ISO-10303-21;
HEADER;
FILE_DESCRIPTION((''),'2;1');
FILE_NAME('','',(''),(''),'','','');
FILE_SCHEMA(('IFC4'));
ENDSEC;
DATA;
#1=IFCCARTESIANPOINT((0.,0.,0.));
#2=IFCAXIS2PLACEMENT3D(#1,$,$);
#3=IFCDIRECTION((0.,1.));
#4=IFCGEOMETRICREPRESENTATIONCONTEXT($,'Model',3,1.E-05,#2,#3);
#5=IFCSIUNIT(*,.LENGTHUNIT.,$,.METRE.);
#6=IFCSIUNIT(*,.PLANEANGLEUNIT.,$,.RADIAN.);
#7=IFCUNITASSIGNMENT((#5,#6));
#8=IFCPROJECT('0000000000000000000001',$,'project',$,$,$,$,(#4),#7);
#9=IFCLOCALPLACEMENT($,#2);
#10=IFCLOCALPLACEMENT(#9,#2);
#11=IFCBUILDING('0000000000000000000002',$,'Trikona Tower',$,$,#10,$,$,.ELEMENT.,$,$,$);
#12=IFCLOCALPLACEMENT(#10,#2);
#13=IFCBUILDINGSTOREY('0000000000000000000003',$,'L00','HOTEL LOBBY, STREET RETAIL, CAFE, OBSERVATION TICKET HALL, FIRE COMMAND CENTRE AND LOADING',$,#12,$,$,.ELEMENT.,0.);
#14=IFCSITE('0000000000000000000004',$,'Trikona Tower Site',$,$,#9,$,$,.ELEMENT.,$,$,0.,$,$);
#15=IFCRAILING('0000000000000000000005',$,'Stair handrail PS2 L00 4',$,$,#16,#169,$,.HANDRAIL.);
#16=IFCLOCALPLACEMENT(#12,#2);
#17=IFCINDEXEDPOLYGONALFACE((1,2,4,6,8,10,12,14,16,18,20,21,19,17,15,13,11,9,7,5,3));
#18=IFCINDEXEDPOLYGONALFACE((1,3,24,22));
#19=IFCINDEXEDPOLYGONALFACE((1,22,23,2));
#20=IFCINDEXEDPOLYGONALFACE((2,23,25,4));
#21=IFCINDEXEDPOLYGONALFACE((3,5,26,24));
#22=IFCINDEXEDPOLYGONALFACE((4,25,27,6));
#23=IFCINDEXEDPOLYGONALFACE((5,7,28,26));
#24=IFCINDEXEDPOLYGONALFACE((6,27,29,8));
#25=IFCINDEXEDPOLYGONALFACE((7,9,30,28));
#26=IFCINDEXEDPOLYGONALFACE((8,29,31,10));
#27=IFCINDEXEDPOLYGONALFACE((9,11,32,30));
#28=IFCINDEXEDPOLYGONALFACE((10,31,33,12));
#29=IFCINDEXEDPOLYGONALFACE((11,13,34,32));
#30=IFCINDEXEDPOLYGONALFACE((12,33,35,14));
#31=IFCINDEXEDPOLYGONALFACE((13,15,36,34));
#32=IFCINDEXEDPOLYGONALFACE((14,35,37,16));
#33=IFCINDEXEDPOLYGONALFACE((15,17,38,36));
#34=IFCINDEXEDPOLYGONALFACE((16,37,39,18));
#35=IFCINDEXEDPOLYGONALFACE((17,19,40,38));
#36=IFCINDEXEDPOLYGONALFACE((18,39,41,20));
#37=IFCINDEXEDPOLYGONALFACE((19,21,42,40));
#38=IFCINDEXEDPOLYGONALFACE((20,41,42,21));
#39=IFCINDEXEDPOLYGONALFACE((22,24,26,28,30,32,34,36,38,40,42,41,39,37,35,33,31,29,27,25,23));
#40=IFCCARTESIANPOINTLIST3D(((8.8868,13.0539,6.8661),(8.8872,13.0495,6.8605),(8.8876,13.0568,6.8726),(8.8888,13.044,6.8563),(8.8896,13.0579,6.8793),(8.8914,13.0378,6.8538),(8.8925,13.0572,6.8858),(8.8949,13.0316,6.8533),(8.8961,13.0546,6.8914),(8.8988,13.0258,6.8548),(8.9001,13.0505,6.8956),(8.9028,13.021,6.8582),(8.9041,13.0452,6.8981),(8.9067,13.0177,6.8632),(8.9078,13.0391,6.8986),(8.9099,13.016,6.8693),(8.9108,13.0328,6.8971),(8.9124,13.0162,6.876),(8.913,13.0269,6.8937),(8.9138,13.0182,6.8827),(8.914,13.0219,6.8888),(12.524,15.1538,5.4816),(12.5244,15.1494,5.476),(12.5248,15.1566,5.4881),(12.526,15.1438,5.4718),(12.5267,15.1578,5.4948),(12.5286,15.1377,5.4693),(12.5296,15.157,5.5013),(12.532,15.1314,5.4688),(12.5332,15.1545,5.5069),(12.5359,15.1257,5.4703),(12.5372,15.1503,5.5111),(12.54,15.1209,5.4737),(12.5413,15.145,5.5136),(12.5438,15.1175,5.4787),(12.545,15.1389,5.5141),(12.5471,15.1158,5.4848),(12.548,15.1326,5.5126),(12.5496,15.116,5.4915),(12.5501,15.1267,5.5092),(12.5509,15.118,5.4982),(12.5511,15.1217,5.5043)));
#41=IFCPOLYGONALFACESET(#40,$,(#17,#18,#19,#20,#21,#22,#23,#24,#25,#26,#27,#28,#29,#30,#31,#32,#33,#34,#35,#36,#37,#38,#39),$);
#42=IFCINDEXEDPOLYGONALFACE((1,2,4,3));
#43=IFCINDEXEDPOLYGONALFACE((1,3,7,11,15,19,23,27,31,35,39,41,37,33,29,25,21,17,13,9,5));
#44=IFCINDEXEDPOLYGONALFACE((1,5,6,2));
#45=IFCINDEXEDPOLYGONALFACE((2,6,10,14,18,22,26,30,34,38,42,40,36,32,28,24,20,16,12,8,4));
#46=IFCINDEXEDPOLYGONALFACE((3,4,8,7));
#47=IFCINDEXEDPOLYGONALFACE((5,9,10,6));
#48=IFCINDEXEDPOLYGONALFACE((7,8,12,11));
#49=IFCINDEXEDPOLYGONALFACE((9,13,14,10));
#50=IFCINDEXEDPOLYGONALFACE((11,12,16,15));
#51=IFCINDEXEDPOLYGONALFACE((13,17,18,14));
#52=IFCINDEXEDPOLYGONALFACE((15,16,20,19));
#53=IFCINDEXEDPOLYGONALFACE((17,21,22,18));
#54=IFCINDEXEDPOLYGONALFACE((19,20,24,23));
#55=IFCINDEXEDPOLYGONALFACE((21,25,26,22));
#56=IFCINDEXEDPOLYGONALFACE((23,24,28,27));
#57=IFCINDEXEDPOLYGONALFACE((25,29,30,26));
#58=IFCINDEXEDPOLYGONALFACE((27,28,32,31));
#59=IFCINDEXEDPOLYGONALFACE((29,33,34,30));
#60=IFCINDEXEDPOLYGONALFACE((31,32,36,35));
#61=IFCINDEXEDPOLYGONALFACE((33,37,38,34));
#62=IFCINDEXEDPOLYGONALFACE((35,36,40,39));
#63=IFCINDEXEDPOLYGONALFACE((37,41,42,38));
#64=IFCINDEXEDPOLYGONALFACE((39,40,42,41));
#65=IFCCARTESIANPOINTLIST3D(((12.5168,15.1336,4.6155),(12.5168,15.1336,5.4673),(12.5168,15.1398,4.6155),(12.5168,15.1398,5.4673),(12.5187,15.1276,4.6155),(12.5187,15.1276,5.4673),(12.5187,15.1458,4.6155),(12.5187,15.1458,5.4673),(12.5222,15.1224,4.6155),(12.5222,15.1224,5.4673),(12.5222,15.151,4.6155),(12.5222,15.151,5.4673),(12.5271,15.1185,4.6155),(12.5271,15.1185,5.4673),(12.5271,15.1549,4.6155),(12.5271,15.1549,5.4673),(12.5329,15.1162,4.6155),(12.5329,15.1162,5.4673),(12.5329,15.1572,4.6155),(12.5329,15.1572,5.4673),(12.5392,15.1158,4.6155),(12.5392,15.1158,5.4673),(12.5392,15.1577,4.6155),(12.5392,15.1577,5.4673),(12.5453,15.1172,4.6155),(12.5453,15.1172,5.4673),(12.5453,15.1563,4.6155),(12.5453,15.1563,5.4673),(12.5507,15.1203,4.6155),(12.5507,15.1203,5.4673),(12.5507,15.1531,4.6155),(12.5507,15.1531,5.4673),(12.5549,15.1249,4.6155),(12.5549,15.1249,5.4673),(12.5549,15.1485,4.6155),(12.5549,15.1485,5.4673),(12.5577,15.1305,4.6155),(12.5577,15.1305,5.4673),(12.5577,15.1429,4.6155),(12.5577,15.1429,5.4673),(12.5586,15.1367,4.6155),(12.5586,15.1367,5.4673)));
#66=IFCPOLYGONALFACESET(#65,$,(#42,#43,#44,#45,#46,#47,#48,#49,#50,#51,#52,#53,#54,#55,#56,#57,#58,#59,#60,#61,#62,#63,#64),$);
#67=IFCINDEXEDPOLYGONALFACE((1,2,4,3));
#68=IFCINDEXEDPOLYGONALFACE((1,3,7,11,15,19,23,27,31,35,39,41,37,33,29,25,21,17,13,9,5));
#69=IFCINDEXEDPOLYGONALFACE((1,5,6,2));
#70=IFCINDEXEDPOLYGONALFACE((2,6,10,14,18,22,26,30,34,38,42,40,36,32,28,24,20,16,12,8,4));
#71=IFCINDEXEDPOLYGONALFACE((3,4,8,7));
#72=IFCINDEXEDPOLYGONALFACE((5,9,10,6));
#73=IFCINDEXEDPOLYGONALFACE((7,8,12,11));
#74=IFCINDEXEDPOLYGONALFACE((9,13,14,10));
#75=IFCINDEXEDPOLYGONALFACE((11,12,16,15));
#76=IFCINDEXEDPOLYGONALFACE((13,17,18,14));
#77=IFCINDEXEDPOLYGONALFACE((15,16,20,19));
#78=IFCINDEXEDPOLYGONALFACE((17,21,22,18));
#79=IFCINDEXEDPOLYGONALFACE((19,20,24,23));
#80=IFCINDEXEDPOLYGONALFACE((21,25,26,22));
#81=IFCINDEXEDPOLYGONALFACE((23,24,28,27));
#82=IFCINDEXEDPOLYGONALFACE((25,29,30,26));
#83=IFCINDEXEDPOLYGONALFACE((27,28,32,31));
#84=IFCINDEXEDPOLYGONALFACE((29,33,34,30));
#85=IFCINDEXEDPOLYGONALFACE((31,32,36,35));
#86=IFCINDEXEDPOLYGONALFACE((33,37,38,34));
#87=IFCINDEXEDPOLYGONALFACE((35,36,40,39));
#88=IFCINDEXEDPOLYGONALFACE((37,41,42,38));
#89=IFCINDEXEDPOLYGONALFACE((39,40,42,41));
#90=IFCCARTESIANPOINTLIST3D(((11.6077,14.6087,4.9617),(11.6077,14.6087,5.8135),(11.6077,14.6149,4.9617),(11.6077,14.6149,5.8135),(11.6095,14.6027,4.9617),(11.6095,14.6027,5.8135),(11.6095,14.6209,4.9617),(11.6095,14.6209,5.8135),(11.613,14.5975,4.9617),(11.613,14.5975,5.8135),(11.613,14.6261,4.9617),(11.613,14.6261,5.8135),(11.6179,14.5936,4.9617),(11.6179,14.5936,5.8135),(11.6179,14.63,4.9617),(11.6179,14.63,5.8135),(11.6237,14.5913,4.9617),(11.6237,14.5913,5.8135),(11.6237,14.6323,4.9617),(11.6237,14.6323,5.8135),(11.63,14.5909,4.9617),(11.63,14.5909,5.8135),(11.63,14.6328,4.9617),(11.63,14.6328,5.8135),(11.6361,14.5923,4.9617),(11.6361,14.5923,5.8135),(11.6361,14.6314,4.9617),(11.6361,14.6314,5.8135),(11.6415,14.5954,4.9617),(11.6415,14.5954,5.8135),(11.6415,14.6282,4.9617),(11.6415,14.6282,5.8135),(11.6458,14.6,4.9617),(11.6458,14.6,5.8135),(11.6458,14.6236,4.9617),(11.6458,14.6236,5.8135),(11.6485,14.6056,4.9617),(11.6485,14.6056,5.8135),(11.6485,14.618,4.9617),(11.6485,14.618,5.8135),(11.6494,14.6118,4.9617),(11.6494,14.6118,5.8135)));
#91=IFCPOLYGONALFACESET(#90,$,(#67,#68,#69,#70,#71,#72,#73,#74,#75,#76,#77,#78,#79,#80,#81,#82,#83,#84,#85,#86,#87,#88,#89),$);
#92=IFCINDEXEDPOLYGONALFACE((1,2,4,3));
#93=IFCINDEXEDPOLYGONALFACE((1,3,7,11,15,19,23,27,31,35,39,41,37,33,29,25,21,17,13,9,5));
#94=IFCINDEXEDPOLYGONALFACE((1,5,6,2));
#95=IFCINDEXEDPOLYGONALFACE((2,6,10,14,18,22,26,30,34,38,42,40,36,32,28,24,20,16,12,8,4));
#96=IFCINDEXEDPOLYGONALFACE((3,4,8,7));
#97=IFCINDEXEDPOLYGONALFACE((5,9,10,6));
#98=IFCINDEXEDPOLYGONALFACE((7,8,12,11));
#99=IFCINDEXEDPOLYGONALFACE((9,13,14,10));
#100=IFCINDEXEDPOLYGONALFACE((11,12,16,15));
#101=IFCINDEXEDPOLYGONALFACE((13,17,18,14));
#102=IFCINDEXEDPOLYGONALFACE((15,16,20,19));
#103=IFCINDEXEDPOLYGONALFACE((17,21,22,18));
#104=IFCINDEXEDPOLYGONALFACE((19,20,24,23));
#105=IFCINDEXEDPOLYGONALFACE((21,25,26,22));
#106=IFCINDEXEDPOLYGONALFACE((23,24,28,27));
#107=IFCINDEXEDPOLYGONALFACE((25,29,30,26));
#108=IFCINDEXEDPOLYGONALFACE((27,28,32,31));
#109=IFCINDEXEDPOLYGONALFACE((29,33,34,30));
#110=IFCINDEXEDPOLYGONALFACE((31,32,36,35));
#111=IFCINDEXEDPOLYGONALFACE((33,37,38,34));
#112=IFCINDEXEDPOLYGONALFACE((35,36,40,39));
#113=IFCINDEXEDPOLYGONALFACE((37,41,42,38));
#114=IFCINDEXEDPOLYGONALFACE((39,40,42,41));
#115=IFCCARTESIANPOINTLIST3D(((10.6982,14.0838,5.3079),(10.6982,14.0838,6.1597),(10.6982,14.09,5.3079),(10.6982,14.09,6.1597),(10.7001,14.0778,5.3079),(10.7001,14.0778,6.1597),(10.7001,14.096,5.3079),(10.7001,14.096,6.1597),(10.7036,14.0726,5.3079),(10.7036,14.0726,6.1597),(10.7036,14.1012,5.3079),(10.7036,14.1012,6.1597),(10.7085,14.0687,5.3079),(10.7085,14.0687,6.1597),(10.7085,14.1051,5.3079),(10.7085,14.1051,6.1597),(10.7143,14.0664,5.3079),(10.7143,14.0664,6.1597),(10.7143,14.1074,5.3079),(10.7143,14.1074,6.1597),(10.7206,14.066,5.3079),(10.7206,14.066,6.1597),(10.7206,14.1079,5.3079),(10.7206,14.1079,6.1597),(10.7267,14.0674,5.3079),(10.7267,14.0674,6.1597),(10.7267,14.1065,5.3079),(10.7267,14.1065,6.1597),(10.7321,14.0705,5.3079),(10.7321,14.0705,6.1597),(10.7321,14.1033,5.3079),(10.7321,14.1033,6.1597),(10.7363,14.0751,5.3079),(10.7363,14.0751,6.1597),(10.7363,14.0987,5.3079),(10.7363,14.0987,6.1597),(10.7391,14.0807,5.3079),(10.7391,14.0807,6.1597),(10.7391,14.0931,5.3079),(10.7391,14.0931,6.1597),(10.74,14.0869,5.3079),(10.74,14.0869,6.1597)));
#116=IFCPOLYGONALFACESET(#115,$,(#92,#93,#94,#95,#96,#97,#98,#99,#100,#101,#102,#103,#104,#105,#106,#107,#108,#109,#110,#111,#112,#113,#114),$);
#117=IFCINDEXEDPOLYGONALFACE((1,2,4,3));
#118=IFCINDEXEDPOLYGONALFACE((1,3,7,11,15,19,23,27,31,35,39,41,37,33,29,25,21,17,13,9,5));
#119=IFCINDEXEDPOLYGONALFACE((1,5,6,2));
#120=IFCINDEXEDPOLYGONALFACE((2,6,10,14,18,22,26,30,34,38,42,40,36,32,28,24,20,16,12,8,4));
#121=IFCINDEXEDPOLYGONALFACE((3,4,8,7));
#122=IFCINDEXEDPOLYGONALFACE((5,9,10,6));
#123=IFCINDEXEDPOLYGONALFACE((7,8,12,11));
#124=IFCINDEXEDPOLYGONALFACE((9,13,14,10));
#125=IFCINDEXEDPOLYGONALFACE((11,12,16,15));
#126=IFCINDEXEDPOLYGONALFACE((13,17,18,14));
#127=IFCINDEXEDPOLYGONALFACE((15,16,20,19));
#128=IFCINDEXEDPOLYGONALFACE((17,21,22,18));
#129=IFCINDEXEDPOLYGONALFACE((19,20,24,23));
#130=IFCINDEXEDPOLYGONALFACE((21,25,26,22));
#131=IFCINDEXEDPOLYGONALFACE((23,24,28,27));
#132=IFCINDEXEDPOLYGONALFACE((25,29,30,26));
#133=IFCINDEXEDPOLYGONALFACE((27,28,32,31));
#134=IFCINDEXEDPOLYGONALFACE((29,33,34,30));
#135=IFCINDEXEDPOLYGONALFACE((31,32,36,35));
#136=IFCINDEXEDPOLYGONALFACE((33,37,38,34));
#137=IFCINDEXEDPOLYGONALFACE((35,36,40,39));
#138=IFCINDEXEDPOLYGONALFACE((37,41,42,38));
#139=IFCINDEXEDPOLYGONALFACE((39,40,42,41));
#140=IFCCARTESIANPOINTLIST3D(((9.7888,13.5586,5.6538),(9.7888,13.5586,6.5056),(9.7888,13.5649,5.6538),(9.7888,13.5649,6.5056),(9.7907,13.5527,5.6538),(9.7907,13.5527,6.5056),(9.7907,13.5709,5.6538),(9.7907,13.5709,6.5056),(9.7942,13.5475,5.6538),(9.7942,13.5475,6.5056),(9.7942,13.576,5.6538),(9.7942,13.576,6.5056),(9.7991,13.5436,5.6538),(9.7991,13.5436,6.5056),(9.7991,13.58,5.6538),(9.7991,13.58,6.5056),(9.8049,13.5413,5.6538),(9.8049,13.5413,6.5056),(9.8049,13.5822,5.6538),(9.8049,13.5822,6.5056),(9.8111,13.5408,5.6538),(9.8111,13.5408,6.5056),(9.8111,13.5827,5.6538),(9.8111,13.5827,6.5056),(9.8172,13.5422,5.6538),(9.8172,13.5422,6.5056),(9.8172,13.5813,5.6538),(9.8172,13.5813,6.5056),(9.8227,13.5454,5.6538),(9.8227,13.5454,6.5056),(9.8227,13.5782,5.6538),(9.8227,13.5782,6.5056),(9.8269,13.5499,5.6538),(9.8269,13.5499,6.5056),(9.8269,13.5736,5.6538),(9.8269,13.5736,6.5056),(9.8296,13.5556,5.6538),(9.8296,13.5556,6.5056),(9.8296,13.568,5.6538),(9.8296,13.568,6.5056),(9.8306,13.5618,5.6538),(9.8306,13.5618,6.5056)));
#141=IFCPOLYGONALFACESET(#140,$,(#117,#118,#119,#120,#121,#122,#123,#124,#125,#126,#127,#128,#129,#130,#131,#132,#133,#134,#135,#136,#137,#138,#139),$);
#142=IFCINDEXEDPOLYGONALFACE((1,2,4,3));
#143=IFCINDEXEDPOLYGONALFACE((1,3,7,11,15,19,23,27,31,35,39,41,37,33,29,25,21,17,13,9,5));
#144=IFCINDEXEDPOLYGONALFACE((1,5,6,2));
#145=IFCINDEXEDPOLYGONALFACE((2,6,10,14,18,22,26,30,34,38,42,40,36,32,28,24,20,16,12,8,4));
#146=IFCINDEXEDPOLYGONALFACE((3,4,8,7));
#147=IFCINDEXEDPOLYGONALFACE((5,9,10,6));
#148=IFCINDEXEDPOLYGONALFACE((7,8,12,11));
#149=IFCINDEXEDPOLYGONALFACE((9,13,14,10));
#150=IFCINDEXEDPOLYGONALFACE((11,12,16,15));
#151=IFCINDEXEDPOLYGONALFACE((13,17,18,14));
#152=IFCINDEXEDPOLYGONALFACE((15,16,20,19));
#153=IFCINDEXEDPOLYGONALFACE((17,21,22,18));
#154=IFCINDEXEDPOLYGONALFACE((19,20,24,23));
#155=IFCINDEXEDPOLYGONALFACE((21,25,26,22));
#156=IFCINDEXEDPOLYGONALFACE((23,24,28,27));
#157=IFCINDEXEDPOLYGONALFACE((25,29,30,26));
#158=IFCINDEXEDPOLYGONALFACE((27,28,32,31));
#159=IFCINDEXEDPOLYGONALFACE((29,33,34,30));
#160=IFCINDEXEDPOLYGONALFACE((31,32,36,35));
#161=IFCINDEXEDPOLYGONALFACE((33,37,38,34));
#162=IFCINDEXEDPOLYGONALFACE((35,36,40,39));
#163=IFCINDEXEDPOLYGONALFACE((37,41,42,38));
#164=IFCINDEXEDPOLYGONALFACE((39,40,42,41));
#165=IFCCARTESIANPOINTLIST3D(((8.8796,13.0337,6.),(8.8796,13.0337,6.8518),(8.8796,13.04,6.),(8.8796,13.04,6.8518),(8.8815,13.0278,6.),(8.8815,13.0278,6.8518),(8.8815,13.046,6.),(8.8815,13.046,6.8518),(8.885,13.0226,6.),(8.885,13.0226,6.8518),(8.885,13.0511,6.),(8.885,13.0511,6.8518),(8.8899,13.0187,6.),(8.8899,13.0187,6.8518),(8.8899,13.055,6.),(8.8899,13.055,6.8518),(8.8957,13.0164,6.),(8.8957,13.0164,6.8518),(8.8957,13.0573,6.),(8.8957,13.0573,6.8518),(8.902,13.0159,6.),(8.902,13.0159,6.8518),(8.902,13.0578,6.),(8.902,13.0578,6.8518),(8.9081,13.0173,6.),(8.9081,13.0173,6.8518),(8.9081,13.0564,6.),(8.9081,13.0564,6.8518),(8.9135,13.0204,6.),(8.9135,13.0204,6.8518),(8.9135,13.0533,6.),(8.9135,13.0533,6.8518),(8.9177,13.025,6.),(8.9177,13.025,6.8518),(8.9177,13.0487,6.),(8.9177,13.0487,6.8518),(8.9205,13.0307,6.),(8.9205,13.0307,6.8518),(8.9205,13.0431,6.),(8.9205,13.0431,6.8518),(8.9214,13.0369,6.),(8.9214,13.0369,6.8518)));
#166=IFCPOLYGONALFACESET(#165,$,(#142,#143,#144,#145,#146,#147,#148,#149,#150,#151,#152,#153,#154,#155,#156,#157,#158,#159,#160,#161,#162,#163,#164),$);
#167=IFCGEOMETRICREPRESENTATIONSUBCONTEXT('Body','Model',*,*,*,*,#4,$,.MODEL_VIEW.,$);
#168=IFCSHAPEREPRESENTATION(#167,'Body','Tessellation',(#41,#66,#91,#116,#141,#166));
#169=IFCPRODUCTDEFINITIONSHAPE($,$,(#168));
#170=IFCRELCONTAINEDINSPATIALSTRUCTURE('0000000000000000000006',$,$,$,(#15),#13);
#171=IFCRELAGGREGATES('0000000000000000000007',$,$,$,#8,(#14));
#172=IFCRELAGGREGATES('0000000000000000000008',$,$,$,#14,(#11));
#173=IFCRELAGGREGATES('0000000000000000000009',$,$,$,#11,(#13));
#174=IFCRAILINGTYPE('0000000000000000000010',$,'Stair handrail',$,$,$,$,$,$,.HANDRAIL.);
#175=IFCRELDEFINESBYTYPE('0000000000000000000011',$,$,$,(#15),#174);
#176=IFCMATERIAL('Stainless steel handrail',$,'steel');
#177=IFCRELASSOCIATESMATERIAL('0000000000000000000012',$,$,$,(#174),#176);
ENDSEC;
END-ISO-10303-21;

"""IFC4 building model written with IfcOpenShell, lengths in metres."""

from ifc_helpers import new_model, si_unit, direction, frame, origin, origin_2d, place, context, subcontext, project, spatial, circle, extrude, material, type_object, element, save


model = new_model("IFC4")

# Units and contexts
model_context = context("Model", 3, precision=1e-05, world=origin(), true_north=direction((0.0, 1.0)))
body_context = subcontext(model_context, "Body", "Model", "MODEL_VIEW")
ifc_project = project(units=[si_unit("LENGTHUNIT", "METRE"), si_unit("PLANEANGLEUNIT", "RADIAN")], contexts=[model_context])

# Site, building, storey
site_placement = place(None, origin())
site = spatial("IfcSite", under=ifc_project, at=site_placement, Name="Trikona Tower Site", CompositionType="ELEMENT", RefElevation=0.0)
building_placement = place(site_placement, origin())
building = spatial("IfcBuilding", under=site, at=building_placement, Name="Trikona Tower", CompositionType="ELEMENT")
storey_placement = place(building_placement, origin())
storey = spatial("IfcBuildingStorey", under=building, at=storey_placement, Name="L00", Description="HOTEL LOBBY, STREET RETAIL, CAFE, OBSERVATION TICKET HALL, FIRE COMMAND CENTRE AND LOADING", CompositionType="ELEMENT", Elevation=0.0)

# Railing
ifc_material_1 = material(Name="Stainless steel handrail", Category="steel")
railing_type = type_object("IfcRailingType", Name="Stair handrail", PredefinedType="HANDRAIL", material=ifc_material_1)
for number, where, name in (
    (1, (12.5376, 15.1367, 4.6155), "Stair handrail PS2 L00 4"),
):
    element("IfcRailing", number, at=place(storey_placement, frame(where)), inside=storey, type_object=railing_type, Name=name, PredefinedType="HANDRAIL", context=body_context, shape_type="SweptSolid", body=[
        extrude(circle(Radius=0.0239, at=origin_2d()), frame((0.0, 0.0, 0.876), z_axis=(-0.822494, -0.474847, 0.313087), x_axis=(0.499984, -0.866035, 0.0)), (0.0, 0.0, 1.0), 4.4221),
        extrude(circle(Radius=0.021, at=origin_2d()), origin(), (0.0, 0.0, 1.0), 0.8518),
        extrude(circle(Radius=0.021, at=origin_2d()), frame((-0.9092, -0.5249, 0.3462)), (0.0, 0.0, 1.0), 0.8518),
        extrude(circle(Radius=0.021, at=origin_2d()), frame((-1.8186, -1.0498, 0.6924)), (0.0, 0.0, 1.0), 0.8518),
        extrude(circle(Radius=0.021, at=origin_2d()), frame((-2.728, -1.575, 1.0383)), (0.0, 0.0, 1.0), 0.8518),
        extrude(circle(Radius=0.021, at=origin_2d()), frame((-3.6372, -2.0999, 1.3845)), (0.0, 0.0, 1.0), 0.8518),
    ])

save(model, "model.ifc")
